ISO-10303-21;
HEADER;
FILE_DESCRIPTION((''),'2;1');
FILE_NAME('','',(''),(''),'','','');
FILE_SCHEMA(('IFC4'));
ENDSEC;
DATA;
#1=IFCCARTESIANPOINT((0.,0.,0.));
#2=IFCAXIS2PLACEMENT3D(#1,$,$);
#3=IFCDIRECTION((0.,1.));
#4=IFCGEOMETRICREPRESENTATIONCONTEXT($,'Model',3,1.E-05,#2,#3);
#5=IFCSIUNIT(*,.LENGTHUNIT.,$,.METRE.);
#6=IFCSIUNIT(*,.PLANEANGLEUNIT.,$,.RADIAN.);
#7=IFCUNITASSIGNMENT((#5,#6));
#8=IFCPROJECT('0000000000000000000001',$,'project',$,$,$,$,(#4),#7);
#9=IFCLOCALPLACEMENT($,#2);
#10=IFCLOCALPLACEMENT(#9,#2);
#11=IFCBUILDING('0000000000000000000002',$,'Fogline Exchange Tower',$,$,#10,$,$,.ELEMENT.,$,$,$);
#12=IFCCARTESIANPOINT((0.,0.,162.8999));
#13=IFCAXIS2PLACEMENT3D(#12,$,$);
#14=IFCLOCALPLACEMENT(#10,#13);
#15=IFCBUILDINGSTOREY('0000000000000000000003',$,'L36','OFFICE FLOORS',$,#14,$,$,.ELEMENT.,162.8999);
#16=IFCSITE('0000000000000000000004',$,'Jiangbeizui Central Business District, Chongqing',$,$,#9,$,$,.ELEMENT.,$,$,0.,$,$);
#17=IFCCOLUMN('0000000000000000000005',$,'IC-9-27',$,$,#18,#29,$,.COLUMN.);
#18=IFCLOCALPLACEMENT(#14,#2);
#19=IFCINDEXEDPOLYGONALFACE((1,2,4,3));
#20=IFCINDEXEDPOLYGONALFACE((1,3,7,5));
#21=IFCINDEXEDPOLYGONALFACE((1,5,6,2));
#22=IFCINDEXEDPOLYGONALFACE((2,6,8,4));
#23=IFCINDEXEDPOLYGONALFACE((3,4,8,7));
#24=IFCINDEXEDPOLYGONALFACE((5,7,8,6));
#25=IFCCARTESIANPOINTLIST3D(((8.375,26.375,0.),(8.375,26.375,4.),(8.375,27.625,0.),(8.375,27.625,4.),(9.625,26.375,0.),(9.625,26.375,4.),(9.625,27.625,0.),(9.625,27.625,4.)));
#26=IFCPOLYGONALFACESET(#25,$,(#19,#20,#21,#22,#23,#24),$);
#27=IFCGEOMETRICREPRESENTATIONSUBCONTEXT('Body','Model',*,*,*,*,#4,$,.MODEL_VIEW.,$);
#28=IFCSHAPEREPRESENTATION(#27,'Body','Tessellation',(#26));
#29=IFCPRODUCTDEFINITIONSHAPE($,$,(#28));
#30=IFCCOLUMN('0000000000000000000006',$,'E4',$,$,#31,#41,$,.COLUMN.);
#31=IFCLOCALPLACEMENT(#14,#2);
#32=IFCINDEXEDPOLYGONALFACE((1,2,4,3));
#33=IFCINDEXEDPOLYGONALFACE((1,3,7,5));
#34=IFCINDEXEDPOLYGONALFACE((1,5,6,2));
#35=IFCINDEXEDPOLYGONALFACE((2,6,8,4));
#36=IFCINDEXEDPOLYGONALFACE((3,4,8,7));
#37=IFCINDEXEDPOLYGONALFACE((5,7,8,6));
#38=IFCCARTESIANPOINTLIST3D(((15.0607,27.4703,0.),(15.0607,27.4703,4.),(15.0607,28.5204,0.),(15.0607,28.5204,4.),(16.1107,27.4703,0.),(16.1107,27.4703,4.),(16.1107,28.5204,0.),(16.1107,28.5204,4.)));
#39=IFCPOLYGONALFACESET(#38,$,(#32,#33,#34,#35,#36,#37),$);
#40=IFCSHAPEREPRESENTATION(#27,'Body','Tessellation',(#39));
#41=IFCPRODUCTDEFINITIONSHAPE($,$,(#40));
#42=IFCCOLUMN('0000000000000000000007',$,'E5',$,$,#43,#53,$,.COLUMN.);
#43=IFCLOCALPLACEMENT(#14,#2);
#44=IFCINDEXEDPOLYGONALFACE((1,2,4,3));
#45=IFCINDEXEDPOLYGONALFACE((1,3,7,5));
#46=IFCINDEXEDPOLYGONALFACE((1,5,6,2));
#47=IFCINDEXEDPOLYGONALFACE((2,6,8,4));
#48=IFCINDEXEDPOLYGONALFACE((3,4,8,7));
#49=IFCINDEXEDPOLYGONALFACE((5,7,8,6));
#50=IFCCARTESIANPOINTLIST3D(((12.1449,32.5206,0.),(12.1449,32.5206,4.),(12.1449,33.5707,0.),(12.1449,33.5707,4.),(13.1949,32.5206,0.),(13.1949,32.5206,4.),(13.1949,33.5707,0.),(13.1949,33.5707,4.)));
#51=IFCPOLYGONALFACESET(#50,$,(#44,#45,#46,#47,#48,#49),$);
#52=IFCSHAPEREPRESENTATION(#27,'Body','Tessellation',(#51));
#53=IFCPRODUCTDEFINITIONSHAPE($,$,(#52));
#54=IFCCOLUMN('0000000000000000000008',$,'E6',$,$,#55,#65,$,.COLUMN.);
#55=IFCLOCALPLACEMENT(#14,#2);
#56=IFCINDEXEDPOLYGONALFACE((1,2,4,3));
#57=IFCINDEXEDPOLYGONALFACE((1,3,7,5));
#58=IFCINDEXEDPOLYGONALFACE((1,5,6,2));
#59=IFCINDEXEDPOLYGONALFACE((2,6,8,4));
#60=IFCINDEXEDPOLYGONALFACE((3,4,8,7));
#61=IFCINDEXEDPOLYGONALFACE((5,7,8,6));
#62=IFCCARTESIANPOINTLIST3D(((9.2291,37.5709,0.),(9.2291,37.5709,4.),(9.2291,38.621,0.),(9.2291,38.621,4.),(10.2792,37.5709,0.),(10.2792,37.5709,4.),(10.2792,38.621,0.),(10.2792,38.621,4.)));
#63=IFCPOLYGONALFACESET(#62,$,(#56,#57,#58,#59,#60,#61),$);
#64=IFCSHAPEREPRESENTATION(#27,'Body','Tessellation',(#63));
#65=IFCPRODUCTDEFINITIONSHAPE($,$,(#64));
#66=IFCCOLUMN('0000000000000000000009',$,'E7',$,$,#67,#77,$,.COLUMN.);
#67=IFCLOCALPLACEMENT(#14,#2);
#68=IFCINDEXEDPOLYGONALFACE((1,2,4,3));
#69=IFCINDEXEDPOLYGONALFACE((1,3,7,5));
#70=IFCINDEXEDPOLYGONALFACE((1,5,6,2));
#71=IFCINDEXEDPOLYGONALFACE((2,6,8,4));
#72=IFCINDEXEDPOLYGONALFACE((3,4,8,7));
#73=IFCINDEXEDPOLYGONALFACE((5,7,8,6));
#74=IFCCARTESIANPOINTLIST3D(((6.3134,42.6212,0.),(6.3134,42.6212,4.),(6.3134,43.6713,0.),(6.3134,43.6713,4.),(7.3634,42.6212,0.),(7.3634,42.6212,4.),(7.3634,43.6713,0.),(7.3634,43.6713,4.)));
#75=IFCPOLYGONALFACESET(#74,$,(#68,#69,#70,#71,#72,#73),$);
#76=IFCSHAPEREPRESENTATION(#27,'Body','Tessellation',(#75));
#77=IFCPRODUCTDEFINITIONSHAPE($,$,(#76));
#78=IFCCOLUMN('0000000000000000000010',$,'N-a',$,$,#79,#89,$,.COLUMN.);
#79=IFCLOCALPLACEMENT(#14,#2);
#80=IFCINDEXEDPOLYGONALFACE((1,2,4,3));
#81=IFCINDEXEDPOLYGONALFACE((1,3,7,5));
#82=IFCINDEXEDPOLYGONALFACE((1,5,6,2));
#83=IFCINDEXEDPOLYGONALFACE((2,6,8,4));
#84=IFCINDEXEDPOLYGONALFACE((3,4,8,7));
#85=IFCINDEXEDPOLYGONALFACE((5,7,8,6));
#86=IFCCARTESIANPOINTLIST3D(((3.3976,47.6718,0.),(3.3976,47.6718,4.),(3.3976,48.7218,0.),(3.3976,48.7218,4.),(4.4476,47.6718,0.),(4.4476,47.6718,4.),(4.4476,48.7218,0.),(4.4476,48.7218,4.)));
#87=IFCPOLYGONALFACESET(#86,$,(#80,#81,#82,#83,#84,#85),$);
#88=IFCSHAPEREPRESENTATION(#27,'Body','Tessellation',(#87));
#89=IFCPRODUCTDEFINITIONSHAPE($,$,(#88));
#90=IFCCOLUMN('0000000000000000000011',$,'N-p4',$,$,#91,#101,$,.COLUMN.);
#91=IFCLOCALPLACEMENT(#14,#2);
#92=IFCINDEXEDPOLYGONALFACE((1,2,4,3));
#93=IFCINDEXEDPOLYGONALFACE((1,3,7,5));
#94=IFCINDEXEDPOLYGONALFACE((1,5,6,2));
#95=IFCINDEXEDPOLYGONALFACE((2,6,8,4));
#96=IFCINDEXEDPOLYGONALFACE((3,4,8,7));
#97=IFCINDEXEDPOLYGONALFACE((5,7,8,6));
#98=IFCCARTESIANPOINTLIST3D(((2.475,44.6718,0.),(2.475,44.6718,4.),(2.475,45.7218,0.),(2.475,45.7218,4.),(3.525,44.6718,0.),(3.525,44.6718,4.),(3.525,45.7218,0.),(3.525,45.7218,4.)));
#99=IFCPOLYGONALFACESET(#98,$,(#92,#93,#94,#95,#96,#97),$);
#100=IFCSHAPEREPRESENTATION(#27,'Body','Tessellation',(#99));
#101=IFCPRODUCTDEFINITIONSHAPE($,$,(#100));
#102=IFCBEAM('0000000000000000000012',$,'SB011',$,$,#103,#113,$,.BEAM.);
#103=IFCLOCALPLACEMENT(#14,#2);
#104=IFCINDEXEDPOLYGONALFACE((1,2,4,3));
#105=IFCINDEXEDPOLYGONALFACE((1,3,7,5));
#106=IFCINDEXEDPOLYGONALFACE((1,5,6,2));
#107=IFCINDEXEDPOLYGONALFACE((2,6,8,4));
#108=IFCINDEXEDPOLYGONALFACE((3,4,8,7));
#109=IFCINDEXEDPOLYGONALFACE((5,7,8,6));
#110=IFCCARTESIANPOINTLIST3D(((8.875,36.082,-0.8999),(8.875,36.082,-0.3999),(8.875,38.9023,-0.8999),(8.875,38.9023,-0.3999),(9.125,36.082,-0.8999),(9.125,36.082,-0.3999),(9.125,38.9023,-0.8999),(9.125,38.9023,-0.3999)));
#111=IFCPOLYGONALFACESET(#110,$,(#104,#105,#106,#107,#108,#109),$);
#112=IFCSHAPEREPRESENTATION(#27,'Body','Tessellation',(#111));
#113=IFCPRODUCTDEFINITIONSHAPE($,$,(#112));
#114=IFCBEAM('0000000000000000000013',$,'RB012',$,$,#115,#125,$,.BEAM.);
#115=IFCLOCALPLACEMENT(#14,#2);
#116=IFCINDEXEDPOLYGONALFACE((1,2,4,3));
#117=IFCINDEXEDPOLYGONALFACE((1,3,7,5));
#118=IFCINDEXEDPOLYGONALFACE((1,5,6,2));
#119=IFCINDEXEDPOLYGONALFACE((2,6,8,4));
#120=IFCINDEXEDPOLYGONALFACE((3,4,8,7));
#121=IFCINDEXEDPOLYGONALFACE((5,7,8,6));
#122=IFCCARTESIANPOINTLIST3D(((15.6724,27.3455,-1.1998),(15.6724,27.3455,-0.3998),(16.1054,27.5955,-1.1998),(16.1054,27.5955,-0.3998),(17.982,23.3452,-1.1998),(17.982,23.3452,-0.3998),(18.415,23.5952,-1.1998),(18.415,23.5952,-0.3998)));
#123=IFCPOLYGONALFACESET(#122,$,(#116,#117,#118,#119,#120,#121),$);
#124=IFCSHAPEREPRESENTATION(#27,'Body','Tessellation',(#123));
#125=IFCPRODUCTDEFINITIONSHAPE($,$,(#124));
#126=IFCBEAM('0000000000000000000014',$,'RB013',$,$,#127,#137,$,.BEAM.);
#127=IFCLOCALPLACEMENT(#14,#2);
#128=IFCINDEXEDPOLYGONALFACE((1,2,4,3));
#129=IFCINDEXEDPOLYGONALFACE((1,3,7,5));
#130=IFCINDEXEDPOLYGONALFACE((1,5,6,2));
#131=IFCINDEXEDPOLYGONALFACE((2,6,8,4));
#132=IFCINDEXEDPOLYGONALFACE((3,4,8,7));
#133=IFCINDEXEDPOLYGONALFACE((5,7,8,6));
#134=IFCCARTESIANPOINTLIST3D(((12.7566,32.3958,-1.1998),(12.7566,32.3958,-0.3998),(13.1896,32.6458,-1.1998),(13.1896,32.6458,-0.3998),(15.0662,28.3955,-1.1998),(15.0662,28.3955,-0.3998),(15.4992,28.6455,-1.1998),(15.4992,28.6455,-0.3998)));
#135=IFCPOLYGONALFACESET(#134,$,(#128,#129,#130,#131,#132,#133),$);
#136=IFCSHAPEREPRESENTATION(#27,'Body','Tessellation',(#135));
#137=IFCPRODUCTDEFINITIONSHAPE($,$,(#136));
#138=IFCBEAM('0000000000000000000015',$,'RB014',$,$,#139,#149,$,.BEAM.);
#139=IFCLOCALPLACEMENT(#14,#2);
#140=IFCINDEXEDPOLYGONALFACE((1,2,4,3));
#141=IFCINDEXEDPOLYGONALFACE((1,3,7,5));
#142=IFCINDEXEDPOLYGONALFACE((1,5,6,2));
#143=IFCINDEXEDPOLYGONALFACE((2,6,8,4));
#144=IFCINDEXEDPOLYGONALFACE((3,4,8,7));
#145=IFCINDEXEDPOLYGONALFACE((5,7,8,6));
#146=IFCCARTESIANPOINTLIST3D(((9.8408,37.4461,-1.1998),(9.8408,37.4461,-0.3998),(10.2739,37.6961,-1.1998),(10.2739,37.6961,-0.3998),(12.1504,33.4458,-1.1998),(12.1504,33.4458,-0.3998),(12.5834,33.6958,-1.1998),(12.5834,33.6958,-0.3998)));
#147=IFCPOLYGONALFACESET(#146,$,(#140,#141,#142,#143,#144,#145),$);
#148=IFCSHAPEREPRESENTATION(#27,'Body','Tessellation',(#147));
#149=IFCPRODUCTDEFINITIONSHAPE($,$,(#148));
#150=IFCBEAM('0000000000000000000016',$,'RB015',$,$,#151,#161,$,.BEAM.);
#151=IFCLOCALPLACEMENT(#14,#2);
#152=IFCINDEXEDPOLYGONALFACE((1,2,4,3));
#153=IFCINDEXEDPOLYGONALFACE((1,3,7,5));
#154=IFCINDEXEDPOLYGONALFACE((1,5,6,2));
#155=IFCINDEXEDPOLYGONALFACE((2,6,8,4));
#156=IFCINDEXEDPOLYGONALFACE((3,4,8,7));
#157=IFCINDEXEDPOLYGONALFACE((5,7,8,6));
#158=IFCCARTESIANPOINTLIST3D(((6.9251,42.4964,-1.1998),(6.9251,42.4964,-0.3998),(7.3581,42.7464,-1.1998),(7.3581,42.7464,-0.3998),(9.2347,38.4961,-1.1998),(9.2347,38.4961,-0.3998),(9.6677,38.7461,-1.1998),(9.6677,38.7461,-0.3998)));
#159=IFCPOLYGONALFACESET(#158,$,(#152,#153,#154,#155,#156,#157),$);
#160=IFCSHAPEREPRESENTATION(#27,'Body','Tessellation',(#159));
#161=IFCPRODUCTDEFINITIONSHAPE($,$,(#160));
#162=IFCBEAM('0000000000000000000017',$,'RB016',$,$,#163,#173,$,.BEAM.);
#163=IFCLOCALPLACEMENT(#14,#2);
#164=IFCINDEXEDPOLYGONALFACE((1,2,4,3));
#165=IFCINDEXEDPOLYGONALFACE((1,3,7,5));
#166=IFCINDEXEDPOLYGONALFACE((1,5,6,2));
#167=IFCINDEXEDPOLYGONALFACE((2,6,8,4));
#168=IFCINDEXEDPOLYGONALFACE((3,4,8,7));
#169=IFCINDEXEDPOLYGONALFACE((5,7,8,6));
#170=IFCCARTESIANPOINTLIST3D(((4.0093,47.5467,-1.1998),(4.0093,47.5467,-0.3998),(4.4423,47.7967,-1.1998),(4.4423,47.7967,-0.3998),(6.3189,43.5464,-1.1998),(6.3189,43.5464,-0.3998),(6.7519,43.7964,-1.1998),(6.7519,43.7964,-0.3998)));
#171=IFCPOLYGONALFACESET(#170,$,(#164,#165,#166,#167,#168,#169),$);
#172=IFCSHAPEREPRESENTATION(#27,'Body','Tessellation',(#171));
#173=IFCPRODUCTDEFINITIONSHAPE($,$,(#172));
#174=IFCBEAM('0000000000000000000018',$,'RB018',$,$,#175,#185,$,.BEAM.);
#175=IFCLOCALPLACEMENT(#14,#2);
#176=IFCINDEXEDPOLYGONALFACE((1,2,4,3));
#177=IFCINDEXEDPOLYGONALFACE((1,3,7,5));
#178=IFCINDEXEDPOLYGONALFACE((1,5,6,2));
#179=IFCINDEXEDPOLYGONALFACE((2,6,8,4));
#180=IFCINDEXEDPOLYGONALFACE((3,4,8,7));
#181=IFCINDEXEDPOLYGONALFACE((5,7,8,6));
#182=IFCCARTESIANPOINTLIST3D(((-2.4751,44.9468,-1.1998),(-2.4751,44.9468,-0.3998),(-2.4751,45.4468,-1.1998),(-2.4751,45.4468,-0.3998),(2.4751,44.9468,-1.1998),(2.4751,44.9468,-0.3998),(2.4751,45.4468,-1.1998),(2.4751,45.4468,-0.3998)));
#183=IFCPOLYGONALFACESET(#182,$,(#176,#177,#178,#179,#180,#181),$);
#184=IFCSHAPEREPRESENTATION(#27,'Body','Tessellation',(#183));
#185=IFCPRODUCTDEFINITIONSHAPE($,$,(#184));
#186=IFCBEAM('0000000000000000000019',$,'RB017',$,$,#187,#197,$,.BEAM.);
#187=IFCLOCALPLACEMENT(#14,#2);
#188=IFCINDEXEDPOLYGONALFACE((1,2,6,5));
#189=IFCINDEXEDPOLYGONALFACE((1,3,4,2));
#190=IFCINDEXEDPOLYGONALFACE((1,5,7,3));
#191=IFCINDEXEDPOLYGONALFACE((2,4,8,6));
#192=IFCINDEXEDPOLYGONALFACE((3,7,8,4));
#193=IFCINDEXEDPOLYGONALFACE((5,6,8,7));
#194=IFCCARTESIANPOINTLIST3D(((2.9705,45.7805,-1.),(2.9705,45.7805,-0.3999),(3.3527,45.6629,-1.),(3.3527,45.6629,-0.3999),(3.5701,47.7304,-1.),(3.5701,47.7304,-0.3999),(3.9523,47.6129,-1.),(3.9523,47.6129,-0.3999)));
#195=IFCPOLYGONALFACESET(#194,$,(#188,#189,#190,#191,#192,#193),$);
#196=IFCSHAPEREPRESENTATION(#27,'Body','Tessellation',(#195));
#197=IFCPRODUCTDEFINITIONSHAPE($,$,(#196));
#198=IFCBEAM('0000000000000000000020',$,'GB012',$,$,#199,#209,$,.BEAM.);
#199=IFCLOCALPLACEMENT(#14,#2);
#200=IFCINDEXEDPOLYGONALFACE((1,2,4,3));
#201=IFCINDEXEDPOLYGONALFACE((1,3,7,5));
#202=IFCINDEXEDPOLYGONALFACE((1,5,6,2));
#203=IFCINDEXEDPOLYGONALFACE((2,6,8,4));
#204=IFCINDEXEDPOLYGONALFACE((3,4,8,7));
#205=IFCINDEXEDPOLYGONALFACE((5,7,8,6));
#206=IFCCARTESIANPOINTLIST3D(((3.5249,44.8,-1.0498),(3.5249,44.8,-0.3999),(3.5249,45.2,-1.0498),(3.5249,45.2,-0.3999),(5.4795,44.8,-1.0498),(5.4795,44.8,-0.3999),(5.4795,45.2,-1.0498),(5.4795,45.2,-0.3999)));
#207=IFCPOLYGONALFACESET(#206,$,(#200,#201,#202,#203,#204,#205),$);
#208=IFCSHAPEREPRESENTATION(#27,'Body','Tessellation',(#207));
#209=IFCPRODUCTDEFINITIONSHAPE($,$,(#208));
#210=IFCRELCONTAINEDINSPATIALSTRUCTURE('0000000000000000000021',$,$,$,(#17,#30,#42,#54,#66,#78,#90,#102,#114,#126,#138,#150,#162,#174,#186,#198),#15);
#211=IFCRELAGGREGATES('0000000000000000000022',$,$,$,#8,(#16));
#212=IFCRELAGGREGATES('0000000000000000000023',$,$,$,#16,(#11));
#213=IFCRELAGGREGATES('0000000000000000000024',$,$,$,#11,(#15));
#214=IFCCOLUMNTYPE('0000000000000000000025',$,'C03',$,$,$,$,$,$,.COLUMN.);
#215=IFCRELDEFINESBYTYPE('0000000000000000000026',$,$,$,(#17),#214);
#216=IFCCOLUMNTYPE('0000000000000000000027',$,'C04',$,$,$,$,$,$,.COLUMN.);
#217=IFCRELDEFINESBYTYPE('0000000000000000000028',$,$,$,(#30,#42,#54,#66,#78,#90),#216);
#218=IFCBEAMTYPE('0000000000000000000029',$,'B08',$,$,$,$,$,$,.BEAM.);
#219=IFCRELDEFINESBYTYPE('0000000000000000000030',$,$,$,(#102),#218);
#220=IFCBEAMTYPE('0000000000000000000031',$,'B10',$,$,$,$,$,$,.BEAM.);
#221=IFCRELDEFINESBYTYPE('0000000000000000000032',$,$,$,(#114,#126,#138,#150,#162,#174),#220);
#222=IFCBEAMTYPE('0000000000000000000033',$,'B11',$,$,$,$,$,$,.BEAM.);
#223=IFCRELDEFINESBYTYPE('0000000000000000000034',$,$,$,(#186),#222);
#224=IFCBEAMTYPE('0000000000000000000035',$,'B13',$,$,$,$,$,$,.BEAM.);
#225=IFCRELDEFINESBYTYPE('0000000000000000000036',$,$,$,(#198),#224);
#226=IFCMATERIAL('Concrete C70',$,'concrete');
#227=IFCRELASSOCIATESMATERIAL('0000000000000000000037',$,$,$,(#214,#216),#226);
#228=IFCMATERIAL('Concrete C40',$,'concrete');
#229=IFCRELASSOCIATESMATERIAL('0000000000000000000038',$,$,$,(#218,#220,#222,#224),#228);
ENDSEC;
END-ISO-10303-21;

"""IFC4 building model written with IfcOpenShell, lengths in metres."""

from ifc_helpers import new_model, si_unit, direction, frame, origin, origin_2d, place, context, subcontext, project, spatial, rectangle, extrude, material, material_profile, profile_set, type_object, element, save


model = new_model("IFC4")

# Units and contexts
model_context = context("Model", 3, precision=1e-05, world=origin(), true_north=direction((0.0, 1.0)))
body_context = subcontext(model_context, "Body", "Model", "MODEL_VIEW")
ifc_project = project(units=[si_unit("LENGTHUNIT", "METRE"), si_unit("PLANEANGLEUNIT", "RADIAN")], contexts=[model_context])

# Site, building, storey
site_placement = place(None, origin())
site = spatial("IfcSite", under=ifc_project, at=site_placement, Name="Jiangbeizui Central Business District, Chongqing", CompositionType="ELEMENT", RefElevation=0.0)
building_placement = place(site_placement, origin())
building = spatial("IfcBuilding", under=site, at=building_placement, Name="Fogline Exchange Tower", CompositionType="ELEMENT")
storey_placement = place(building_placement, frame((0.0, 0.0, 162.8999)))
storey = spatial("IfcBuildingStorey", under=building, at=storey_placement, Name="L36", Description="OFFICE FLOORS", CompositionType="ELEMENT", Elevation=162.8999)

# Columns
ifc_material_1 = material(Name="Concrete C70", Category="concrete")
ifc_material_profile_1 = material_profile(ifc_material_1, rectangle(XDim=1.25, YDim=1.25, at=origin_2d()), Name="RC 1250x1250")
ifc_profile_set_1 = profile_set([ifc_material_profile_1], Name="Concrete C70")
column_type_1 = type_object("IfcColumnType", Name="C03", PredefinedType="COLUMN", material=ifc_profile_set_1)
column_placement = place(storey_placement, frame((9.0, 27.0, 0.0), z_axis=(0.0, 0.0, 1.0), x_axis=(1.0, 0.0, 0.0)))
element("IfcColumn", 1, at=column_placement, inside=storey, type_object=column_type_1, Name="IC-9-27", PredefinedType="COLUMN", context=body_context, shape_type="SweptSolid", body=[
    extrude(rectangle(XDim=1.25, YDim=1.25, at=origin_2d()), origin(), (0.0, 0.0, 1.0), 4.0),
])
ifc_material_profile_2 = material_profile(ifc_material_1, rectangle(XDim=1.05, YDim=1.05, at=origin_2d()), Name="RC 1050x1050")
ifc_profile_set_2 = profile_set([ifc_material_profile_2], Name="Concrete C70")
column_type_2 = type_object("IfcColumnType", Name="C04", PredefinedType="COLUMN", material=ifc_profile_set_2)
for number, where, z_axis, x_axis, name in (
    (2, (15.5857, 27.9954, 0.0), (0.0, 0.0, 1.0), (1.0, 0.0, 0.0), "E4"),
    (3, (12.6699, 33.0457, 0.0), (0.0, 0.0, 1.0), (1.0, 0.0, 0.0), "E5"),
    (4, (9.7542, 38.0959, 0.0), (0.0, 0.0, 1.0), (1.0, 0.0, 0.0), "E6"),
    (5, (6.8384, 43.1462, 0.0), (0.0, 0.0, 1.0), (1.0, 0.0, 0.0), "E7"),
    (6, (3.9226, 48.1968, 0.0), (0.0, 0.0, 1.0), (1.0, 0.0, 0.0), "N-a"),
    (7, (3.0, 45.1968, 0.0), (0.0, 0.0, 1.0), (1.0, 0.0, 0.0), "N-p4"),
):
    element("IfcColumn", number, at=place(storey_placement, frame(where, z_axis=z_axis, x_axis=x_axis)), inside=storey, type_object=column_type_2, Name=name, PredefinedType="COLUMN", context=body_context, shape_type="SweptSolid", body=[
        extrude(rectangle(XDim=1.05, YDim=1.05, at=origin_2d()), origin(), (0.0, 0.0, 1.0), 4.0),
    ])

# Beams
ifc_material_2 = material(Name="Concrete C40", Category="concrete")
ifc_material_profile_3 = material_profile(ifc_material_2, rectangle(XDim=0.25, YDim=0.5, at=origin_2d()), Name="RC 250x500")
ifc_profile_set_3 = profile_set([ifc_material_profile_3], Name="Concrete C40")
beam_type_1 = type_object("IfcBeamType", Name="B08", PredefinedType="BEAM", material=ifc_profile_set_3)
beam_1_placement = place(storey_placement, frame((9.0, 36.082, -0.6499), z_axis=(0.0, 1.0, 0.0), x_axis=(-1.0, 0.0, 0.0)))
element("IfcBeam", 8, at=beam_1_placement, inside=storey, type_object=beam_type_1, Name="SB011", PredefinedType="BEAM", context=body_context, shape_type="SweptSolid", body=[
    extrude(rectangle(XDim=0.25, YDim=0.5, at=origin_2d()), origin(), (0.0, 0.0, 1.0), 2.8203),
])
ifc_material_profile_4 = material_profile(ifc_material_2, rectangle(XDim=0.5, YDim=0.8, at=origin_2d()), Name="RC 500x800")
ifc_profile_set_4 = profile_set([ifc_material_profile_4], Name="Concrete C40")
beam_type_2 = type_object("IfcBeamType", Name="B10", PredefinedType="BEAM", material=ifc_profile_set_4)
for number, where, z_axis, x_axis, name in (
    (9, (18.1985, 23.4702, -0.7998), (-0.500005, 0.866023, 0.0), (-0.866023, -0.500005, 0.0), "RB012"),
    (10, (15.2827, 28.5205, -0.7998), (-0.500005, 0.866023, 0.0), (-0.866023, -0.500005, 0.0), "RB013"),
    (11, (12.3669, 33.5708, -0.7998), (-0.500005, 0.866023, 0.0), (-0.866023, -0.500005, 0.0), "RB014"),
    (12, (9.4512, 38.6211, -0.7998), (-0.500005, 0.866023, 0.0), (-0.866023, -0.500005, 0.0), "RB015"),
    (13, (6.5354, 43.6714, -0.7998), (-0.500005, 0.866023, 0.0), (-0.866023, -0.500005, 0.0), "RB016"),
):
    element("IfcBeam", number, at=place(storey_placement, frame(where, z_axis=z_axis, x_axis=x_axis)), inside=storey, type_object=beam_type_2, Name=name, PredefinedType="BEAM", context=body_context, shape_type="SweptSolid", body=[
        extrude(rectangle(XDim=0.5, YDim=0.8, at=origin_2d()), origin(), (0.0, 0.0, 1.0), 4.6191),
    ])
beam_2_placement = place(storey_placement, frame((2.4751, 45.1968, -0.7998), z_axis=(-1.0, 0.0, 0.0), x_axis=(0.0, -1.0, 0.0)))
element("IfcBeam", 14, at=beam_2_placement, inside=storey, type_object=beam_type_2, Name="RB018", PredefinedType="BEAM", context=body_context, shape_type="SweptSolid", body=[
    extrude(rectangle(XDim=0.5, YDim=0.8, at=origin_2d()), origin(), (0.0, 0.0, 1.0), 4.9502),
])
ifc_material_profile_5 = material_profile(ifc_material_2, rectangle(XDim=0.3999, YDim=0.6001, at=origin_2d()), Name="RC 400x600")
ifc_profile_set_5 = profile_set([ifc_material_profile_5], Name="Concrete C40")
beam_type_3 = type_object("IfcBeamType", Name="B11", PredefinedType="BEAM", material=ifc_profile_set_5)
beam_3_placement = place(storey_placement, frame((3.7612, 47.6716, -0.7), z_axis=(-0.293918, -0.955831, 0.0), x_axis=(0.955831, -0.293918, 0.0)))
element("IfcBeam", 15, at=beam_3_placement, inside=storey, type_object=beam_type_3, Name="RB017", PredefinedType="BEAM", context=body_context, shape_type="SweptSolid", body=[
    extrude(rectangle(XDim=0.3999, YDim=0.6001, at=origin_2d()), origin(), (0.0, 0.0, 1.0), 2.04),
])
ifc_material_profile_6 = material_profile(ifc_material_2, rectangle(XDim=0.3999, YDim=0.6499, at=origin_2d()), Name="RC 400x650")
ifc_profile_set_6 = profile_set([ifc_material_profile_6], Name="Concrete C40")
beam_type_4 = type_object("IfcBeamType", Name="B13", PredefinedType="BEAM", material=ifc_profile_set_6)
beam_4_placement = place(storey_placement, frame((3.5249, 45.0, -0.7249), z_axis=(1.0, 0.0, 0.0), x_axis=(0.0, 1.0, 0.0)))
element("IfcBeam", 16, at=beam_4_placement, inside=storey, type_object=beam_type_4, Name="GB012", PredefinedType="BEAM", context=body_context, shape_type="SweptSolid", body=[
    extrude(rectangle(XDim=0.3999, YDim=0.6499, at=origin_2d()), origin(), (0.0, 0.0, 1.0), 1.9546),
])

save(model, "model.ifc")
